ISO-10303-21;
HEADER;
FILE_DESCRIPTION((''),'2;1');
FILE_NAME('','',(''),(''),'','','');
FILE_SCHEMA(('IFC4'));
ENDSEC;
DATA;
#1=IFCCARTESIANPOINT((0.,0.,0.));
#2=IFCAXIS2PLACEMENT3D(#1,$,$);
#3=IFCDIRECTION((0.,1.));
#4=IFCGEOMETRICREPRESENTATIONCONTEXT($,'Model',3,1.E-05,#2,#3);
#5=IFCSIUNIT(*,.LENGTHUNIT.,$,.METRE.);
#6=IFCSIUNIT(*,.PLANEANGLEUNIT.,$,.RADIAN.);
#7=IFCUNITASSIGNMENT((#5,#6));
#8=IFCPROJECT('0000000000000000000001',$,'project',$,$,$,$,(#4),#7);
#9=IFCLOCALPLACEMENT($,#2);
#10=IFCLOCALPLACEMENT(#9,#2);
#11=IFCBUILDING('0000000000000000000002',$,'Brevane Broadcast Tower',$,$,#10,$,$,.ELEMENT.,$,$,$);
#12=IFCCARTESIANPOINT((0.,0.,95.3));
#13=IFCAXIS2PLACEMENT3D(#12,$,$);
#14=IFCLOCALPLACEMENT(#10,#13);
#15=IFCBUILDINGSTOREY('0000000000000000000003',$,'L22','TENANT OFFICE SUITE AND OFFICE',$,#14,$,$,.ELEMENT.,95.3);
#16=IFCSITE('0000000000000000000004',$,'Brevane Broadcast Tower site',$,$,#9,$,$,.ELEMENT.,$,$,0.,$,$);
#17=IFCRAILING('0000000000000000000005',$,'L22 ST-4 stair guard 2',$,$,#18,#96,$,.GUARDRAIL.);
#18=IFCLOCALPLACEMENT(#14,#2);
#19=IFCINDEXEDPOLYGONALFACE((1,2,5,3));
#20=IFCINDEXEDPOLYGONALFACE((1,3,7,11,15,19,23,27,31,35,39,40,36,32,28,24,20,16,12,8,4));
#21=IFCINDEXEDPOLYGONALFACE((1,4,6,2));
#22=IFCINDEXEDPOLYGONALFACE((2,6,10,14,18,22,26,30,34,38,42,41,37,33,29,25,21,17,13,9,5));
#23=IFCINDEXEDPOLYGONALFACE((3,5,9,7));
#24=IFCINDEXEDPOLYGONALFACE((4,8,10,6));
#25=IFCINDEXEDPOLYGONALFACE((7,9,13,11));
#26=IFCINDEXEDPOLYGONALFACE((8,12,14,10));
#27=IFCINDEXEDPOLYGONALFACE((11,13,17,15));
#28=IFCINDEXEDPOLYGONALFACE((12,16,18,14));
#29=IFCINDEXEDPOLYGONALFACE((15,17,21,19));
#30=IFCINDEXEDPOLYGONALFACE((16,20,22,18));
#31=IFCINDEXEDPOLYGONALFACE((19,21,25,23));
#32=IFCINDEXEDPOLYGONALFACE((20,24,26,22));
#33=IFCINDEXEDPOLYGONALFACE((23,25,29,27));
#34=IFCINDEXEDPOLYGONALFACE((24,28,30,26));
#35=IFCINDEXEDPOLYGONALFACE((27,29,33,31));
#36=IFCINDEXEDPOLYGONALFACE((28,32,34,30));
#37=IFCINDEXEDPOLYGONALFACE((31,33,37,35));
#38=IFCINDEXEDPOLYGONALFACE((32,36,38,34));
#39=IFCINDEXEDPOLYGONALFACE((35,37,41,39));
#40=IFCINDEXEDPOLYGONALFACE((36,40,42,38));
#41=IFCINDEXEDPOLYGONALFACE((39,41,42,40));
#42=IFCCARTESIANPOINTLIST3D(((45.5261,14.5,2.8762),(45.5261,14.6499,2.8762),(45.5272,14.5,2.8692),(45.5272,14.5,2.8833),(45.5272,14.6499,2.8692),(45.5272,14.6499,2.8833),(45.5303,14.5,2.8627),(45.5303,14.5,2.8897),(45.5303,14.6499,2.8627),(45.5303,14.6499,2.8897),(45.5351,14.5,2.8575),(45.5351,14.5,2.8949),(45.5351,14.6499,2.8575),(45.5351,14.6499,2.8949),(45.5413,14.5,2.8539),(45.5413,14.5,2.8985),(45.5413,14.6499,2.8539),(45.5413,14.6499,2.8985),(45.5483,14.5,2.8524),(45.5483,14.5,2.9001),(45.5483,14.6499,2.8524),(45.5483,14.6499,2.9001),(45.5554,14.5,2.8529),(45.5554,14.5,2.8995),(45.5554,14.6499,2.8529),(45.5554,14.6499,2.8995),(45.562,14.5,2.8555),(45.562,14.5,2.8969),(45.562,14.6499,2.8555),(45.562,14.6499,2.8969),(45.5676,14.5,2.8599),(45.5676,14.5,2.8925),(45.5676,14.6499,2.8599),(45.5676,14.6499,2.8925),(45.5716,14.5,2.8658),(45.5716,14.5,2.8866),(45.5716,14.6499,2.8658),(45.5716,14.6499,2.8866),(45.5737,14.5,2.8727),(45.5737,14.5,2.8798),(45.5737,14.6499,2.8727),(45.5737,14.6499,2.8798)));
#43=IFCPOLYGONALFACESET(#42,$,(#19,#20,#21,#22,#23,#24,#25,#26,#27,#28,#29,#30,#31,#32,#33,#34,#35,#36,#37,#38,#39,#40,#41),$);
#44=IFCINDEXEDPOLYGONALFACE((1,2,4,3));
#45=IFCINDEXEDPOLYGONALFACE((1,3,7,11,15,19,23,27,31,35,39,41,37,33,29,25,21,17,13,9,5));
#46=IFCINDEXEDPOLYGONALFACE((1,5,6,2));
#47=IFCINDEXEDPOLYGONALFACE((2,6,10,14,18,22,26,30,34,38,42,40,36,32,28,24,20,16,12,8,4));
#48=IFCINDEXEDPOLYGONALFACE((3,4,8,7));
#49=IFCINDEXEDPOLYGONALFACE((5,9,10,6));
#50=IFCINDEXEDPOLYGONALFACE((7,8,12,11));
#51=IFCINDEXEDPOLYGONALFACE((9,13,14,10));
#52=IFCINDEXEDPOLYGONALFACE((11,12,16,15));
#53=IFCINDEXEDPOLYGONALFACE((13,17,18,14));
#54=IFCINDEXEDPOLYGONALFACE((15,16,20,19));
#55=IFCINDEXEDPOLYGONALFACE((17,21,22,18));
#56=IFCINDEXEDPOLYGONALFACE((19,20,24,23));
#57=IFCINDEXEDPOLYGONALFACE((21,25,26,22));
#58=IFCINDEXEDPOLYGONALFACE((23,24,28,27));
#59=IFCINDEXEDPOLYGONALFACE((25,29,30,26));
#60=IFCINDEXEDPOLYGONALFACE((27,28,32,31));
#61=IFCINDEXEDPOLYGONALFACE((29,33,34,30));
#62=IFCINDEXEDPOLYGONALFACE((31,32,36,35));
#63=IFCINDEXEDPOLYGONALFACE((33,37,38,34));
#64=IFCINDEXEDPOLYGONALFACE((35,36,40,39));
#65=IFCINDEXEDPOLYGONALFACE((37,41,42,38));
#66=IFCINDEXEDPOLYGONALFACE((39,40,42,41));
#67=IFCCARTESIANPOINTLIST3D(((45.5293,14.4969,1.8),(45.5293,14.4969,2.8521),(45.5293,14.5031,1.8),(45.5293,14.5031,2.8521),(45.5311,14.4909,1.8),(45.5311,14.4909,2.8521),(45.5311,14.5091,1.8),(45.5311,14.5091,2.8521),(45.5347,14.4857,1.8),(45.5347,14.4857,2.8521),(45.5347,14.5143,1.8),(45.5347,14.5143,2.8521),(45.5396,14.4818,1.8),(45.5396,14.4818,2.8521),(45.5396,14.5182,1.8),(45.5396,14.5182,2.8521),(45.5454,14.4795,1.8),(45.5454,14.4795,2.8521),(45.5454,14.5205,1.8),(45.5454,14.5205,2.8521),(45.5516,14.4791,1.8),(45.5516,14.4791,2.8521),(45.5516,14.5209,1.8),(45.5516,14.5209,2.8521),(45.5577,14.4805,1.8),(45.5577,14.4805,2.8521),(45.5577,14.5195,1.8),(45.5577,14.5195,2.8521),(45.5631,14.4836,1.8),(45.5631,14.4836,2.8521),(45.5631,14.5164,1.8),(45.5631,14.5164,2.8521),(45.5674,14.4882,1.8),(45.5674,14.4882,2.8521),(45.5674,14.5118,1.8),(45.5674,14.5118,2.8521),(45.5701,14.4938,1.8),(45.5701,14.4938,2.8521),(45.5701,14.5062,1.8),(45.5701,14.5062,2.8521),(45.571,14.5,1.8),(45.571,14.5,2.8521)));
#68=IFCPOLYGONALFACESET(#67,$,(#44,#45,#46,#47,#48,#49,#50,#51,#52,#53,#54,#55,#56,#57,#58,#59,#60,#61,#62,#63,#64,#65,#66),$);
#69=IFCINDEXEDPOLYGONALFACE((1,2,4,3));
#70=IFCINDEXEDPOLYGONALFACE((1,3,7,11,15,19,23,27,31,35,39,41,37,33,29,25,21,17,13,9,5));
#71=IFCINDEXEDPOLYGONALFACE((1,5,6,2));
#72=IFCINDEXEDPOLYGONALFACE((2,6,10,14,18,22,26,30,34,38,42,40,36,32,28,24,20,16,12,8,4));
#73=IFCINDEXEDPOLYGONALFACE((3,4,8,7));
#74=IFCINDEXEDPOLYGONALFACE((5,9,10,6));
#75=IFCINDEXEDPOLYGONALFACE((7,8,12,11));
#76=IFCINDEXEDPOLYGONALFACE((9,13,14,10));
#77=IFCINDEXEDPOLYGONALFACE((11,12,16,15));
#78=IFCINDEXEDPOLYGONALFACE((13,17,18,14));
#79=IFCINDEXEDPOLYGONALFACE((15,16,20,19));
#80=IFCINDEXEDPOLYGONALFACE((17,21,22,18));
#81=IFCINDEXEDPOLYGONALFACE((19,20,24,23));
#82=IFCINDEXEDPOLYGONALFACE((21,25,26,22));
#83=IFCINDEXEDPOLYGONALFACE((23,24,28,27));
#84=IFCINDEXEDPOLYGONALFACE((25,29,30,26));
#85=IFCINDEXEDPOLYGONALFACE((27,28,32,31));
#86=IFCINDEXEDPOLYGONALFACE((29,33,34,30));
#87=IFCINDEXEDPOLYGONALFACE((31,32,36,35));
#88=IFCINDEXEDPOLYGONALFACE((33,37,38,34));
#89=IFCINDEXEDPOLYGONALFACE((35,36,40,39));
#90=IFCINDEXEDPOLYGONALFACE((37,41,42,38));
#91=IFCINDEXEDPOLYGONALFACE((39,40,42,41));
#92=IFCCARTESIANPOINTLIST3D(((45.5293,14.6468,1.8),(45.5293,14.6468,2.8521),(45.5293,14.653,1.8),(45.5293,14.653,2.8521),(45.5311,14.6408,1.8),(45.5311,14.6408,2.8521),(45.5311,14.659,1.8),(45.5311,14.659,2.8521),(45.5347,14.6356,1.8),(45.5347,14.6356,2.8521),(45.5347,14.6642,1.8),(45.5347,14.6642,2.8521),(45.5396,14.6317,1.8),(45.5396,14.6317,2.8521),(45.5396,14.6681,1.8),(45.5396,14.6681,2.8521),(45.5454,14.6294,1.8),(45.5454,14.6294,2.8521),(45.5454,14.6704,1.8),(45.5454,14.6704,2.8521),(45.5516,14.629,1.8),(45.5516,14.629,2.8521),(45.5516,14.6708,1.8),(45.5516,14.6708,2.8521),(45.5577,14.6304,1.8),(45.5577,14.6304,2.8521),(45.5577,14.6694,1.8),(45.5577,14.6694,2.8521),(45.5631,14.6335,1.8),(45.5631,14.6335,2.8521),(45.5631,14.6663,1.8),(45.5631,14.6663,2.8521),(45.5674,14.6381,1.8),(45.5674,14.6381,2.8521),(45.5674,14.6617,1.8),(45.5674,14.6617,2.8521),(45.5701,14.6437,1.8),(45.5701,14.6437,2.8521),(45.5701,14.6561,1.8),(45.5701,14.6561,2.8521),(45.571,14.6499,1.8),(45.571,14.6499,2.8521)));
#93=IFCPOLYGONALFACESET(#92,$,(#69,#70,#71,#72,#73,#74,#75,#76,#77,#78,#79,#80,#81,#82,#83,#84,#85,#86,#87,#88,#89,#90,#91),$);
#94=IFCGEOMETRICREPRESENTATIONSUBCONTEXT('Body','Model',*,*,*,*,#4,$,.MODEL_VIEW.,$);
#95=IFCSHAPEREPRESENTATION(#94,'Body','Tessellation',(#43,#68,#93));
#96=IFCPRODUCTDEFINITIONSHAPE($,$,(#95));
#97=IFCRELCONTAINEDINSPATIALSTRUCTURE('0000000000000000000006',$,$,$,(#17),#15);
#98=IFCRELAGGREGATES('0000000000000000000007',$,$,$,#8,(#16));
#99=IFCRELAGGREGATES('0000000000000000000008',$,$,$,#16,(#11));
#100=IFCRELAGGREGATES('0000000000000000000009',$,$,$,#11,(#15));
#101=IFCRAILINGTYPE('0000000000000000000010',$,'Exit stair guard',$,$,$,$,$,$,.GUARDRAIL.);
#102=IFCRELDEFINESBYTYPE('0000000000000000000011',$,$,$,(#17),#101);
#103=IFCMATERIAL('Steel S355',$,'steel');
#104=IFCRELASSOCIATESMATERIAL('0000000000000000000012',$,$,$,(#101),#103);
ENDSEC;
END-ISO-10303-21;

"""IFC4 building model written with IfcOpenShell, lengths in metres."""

from ifc_helpers import new_model, si_unit, direction, frame, origin, origin_2d, place, context, subcontext, project, spatial, circle, extrude, material, type_object, element, save


model = new_model("IFC4")

# Units and contexts
model_context = context("Model", 3, precision=1e-05, world=origin(), true_north=direction((0.0, 1.0)))
body_context = subcontext(model_context, "Body", "Model", "MODEL_VIEW")
ifc_project = project(units=[si_unit("LENGTHUNIT", "METRE"), si_unit("PLANEANGLEUNIT", "RADIAN")], contexts=[model_context])

# Site, building, storey
site_placement = place(None, origin())
site = spatial("IfcSite", under=ifc_project, at=site_placement, Name="Brevane Broadcast Tower site", CompositionType="ELEMENT", RefElevation=0.0)
building_placement = place(site_placement, origin())
building = spatial("IfcBuilding", under=site, at=building_placement, Name="Brevane Broadcast Tower", CompositionType="ELEMENT")
storey_placement = place(building_placement, frame((0.0, 0.0, 95.3)))
storey = spatial("IfcBuildingStorey", under=building, at=storey_placement, Name="L22", Description="TENANT OFFICE SUITE AND OFFICE", CompositionType="ELEMENT", Elevation=95.3)

# Railing
ifc_material_1 = material(Name="Steel S355", Category="steel")
railing_type_1 = type_object("IfcRailingType", Name="Exit stair guard", PredefinedType="GUARDRAIL", material=ifc_material_1)
railing_1_placement = place(storey_placement, frame((45.55, 14.5, 1.8)))
element("IfcRailing", 1, at=railing_1_placement, inside=storey, type_object=railing_type_1, Name="L22 ST-4 stair guard 2", PredefinedType="GUARDRAIL", context=body_context, shape_type="SweptSolid", body=[
    extrude(circle(Radius=0.0239, at=origin_2d()), frame((0.0, 0.0, 1.0762), z_axis=(0.0, 1.0, 0.0), x_axis=(-1.0, 0.0, 0.0)), (0.0, 0.0, 1.0), 0.1499),
    extrude(circle(Radius=0.021, at=origin_2d()), origin(), (0.0, 0.0, 1.0), 1.052),
    extrude(circle(Radius=0.021, at=origin_2d()), frame((0.0, 0.1499, 0.0)), (0.0, 0.0, 1.0), 1.052),
])

save(model, "model.ifc")
